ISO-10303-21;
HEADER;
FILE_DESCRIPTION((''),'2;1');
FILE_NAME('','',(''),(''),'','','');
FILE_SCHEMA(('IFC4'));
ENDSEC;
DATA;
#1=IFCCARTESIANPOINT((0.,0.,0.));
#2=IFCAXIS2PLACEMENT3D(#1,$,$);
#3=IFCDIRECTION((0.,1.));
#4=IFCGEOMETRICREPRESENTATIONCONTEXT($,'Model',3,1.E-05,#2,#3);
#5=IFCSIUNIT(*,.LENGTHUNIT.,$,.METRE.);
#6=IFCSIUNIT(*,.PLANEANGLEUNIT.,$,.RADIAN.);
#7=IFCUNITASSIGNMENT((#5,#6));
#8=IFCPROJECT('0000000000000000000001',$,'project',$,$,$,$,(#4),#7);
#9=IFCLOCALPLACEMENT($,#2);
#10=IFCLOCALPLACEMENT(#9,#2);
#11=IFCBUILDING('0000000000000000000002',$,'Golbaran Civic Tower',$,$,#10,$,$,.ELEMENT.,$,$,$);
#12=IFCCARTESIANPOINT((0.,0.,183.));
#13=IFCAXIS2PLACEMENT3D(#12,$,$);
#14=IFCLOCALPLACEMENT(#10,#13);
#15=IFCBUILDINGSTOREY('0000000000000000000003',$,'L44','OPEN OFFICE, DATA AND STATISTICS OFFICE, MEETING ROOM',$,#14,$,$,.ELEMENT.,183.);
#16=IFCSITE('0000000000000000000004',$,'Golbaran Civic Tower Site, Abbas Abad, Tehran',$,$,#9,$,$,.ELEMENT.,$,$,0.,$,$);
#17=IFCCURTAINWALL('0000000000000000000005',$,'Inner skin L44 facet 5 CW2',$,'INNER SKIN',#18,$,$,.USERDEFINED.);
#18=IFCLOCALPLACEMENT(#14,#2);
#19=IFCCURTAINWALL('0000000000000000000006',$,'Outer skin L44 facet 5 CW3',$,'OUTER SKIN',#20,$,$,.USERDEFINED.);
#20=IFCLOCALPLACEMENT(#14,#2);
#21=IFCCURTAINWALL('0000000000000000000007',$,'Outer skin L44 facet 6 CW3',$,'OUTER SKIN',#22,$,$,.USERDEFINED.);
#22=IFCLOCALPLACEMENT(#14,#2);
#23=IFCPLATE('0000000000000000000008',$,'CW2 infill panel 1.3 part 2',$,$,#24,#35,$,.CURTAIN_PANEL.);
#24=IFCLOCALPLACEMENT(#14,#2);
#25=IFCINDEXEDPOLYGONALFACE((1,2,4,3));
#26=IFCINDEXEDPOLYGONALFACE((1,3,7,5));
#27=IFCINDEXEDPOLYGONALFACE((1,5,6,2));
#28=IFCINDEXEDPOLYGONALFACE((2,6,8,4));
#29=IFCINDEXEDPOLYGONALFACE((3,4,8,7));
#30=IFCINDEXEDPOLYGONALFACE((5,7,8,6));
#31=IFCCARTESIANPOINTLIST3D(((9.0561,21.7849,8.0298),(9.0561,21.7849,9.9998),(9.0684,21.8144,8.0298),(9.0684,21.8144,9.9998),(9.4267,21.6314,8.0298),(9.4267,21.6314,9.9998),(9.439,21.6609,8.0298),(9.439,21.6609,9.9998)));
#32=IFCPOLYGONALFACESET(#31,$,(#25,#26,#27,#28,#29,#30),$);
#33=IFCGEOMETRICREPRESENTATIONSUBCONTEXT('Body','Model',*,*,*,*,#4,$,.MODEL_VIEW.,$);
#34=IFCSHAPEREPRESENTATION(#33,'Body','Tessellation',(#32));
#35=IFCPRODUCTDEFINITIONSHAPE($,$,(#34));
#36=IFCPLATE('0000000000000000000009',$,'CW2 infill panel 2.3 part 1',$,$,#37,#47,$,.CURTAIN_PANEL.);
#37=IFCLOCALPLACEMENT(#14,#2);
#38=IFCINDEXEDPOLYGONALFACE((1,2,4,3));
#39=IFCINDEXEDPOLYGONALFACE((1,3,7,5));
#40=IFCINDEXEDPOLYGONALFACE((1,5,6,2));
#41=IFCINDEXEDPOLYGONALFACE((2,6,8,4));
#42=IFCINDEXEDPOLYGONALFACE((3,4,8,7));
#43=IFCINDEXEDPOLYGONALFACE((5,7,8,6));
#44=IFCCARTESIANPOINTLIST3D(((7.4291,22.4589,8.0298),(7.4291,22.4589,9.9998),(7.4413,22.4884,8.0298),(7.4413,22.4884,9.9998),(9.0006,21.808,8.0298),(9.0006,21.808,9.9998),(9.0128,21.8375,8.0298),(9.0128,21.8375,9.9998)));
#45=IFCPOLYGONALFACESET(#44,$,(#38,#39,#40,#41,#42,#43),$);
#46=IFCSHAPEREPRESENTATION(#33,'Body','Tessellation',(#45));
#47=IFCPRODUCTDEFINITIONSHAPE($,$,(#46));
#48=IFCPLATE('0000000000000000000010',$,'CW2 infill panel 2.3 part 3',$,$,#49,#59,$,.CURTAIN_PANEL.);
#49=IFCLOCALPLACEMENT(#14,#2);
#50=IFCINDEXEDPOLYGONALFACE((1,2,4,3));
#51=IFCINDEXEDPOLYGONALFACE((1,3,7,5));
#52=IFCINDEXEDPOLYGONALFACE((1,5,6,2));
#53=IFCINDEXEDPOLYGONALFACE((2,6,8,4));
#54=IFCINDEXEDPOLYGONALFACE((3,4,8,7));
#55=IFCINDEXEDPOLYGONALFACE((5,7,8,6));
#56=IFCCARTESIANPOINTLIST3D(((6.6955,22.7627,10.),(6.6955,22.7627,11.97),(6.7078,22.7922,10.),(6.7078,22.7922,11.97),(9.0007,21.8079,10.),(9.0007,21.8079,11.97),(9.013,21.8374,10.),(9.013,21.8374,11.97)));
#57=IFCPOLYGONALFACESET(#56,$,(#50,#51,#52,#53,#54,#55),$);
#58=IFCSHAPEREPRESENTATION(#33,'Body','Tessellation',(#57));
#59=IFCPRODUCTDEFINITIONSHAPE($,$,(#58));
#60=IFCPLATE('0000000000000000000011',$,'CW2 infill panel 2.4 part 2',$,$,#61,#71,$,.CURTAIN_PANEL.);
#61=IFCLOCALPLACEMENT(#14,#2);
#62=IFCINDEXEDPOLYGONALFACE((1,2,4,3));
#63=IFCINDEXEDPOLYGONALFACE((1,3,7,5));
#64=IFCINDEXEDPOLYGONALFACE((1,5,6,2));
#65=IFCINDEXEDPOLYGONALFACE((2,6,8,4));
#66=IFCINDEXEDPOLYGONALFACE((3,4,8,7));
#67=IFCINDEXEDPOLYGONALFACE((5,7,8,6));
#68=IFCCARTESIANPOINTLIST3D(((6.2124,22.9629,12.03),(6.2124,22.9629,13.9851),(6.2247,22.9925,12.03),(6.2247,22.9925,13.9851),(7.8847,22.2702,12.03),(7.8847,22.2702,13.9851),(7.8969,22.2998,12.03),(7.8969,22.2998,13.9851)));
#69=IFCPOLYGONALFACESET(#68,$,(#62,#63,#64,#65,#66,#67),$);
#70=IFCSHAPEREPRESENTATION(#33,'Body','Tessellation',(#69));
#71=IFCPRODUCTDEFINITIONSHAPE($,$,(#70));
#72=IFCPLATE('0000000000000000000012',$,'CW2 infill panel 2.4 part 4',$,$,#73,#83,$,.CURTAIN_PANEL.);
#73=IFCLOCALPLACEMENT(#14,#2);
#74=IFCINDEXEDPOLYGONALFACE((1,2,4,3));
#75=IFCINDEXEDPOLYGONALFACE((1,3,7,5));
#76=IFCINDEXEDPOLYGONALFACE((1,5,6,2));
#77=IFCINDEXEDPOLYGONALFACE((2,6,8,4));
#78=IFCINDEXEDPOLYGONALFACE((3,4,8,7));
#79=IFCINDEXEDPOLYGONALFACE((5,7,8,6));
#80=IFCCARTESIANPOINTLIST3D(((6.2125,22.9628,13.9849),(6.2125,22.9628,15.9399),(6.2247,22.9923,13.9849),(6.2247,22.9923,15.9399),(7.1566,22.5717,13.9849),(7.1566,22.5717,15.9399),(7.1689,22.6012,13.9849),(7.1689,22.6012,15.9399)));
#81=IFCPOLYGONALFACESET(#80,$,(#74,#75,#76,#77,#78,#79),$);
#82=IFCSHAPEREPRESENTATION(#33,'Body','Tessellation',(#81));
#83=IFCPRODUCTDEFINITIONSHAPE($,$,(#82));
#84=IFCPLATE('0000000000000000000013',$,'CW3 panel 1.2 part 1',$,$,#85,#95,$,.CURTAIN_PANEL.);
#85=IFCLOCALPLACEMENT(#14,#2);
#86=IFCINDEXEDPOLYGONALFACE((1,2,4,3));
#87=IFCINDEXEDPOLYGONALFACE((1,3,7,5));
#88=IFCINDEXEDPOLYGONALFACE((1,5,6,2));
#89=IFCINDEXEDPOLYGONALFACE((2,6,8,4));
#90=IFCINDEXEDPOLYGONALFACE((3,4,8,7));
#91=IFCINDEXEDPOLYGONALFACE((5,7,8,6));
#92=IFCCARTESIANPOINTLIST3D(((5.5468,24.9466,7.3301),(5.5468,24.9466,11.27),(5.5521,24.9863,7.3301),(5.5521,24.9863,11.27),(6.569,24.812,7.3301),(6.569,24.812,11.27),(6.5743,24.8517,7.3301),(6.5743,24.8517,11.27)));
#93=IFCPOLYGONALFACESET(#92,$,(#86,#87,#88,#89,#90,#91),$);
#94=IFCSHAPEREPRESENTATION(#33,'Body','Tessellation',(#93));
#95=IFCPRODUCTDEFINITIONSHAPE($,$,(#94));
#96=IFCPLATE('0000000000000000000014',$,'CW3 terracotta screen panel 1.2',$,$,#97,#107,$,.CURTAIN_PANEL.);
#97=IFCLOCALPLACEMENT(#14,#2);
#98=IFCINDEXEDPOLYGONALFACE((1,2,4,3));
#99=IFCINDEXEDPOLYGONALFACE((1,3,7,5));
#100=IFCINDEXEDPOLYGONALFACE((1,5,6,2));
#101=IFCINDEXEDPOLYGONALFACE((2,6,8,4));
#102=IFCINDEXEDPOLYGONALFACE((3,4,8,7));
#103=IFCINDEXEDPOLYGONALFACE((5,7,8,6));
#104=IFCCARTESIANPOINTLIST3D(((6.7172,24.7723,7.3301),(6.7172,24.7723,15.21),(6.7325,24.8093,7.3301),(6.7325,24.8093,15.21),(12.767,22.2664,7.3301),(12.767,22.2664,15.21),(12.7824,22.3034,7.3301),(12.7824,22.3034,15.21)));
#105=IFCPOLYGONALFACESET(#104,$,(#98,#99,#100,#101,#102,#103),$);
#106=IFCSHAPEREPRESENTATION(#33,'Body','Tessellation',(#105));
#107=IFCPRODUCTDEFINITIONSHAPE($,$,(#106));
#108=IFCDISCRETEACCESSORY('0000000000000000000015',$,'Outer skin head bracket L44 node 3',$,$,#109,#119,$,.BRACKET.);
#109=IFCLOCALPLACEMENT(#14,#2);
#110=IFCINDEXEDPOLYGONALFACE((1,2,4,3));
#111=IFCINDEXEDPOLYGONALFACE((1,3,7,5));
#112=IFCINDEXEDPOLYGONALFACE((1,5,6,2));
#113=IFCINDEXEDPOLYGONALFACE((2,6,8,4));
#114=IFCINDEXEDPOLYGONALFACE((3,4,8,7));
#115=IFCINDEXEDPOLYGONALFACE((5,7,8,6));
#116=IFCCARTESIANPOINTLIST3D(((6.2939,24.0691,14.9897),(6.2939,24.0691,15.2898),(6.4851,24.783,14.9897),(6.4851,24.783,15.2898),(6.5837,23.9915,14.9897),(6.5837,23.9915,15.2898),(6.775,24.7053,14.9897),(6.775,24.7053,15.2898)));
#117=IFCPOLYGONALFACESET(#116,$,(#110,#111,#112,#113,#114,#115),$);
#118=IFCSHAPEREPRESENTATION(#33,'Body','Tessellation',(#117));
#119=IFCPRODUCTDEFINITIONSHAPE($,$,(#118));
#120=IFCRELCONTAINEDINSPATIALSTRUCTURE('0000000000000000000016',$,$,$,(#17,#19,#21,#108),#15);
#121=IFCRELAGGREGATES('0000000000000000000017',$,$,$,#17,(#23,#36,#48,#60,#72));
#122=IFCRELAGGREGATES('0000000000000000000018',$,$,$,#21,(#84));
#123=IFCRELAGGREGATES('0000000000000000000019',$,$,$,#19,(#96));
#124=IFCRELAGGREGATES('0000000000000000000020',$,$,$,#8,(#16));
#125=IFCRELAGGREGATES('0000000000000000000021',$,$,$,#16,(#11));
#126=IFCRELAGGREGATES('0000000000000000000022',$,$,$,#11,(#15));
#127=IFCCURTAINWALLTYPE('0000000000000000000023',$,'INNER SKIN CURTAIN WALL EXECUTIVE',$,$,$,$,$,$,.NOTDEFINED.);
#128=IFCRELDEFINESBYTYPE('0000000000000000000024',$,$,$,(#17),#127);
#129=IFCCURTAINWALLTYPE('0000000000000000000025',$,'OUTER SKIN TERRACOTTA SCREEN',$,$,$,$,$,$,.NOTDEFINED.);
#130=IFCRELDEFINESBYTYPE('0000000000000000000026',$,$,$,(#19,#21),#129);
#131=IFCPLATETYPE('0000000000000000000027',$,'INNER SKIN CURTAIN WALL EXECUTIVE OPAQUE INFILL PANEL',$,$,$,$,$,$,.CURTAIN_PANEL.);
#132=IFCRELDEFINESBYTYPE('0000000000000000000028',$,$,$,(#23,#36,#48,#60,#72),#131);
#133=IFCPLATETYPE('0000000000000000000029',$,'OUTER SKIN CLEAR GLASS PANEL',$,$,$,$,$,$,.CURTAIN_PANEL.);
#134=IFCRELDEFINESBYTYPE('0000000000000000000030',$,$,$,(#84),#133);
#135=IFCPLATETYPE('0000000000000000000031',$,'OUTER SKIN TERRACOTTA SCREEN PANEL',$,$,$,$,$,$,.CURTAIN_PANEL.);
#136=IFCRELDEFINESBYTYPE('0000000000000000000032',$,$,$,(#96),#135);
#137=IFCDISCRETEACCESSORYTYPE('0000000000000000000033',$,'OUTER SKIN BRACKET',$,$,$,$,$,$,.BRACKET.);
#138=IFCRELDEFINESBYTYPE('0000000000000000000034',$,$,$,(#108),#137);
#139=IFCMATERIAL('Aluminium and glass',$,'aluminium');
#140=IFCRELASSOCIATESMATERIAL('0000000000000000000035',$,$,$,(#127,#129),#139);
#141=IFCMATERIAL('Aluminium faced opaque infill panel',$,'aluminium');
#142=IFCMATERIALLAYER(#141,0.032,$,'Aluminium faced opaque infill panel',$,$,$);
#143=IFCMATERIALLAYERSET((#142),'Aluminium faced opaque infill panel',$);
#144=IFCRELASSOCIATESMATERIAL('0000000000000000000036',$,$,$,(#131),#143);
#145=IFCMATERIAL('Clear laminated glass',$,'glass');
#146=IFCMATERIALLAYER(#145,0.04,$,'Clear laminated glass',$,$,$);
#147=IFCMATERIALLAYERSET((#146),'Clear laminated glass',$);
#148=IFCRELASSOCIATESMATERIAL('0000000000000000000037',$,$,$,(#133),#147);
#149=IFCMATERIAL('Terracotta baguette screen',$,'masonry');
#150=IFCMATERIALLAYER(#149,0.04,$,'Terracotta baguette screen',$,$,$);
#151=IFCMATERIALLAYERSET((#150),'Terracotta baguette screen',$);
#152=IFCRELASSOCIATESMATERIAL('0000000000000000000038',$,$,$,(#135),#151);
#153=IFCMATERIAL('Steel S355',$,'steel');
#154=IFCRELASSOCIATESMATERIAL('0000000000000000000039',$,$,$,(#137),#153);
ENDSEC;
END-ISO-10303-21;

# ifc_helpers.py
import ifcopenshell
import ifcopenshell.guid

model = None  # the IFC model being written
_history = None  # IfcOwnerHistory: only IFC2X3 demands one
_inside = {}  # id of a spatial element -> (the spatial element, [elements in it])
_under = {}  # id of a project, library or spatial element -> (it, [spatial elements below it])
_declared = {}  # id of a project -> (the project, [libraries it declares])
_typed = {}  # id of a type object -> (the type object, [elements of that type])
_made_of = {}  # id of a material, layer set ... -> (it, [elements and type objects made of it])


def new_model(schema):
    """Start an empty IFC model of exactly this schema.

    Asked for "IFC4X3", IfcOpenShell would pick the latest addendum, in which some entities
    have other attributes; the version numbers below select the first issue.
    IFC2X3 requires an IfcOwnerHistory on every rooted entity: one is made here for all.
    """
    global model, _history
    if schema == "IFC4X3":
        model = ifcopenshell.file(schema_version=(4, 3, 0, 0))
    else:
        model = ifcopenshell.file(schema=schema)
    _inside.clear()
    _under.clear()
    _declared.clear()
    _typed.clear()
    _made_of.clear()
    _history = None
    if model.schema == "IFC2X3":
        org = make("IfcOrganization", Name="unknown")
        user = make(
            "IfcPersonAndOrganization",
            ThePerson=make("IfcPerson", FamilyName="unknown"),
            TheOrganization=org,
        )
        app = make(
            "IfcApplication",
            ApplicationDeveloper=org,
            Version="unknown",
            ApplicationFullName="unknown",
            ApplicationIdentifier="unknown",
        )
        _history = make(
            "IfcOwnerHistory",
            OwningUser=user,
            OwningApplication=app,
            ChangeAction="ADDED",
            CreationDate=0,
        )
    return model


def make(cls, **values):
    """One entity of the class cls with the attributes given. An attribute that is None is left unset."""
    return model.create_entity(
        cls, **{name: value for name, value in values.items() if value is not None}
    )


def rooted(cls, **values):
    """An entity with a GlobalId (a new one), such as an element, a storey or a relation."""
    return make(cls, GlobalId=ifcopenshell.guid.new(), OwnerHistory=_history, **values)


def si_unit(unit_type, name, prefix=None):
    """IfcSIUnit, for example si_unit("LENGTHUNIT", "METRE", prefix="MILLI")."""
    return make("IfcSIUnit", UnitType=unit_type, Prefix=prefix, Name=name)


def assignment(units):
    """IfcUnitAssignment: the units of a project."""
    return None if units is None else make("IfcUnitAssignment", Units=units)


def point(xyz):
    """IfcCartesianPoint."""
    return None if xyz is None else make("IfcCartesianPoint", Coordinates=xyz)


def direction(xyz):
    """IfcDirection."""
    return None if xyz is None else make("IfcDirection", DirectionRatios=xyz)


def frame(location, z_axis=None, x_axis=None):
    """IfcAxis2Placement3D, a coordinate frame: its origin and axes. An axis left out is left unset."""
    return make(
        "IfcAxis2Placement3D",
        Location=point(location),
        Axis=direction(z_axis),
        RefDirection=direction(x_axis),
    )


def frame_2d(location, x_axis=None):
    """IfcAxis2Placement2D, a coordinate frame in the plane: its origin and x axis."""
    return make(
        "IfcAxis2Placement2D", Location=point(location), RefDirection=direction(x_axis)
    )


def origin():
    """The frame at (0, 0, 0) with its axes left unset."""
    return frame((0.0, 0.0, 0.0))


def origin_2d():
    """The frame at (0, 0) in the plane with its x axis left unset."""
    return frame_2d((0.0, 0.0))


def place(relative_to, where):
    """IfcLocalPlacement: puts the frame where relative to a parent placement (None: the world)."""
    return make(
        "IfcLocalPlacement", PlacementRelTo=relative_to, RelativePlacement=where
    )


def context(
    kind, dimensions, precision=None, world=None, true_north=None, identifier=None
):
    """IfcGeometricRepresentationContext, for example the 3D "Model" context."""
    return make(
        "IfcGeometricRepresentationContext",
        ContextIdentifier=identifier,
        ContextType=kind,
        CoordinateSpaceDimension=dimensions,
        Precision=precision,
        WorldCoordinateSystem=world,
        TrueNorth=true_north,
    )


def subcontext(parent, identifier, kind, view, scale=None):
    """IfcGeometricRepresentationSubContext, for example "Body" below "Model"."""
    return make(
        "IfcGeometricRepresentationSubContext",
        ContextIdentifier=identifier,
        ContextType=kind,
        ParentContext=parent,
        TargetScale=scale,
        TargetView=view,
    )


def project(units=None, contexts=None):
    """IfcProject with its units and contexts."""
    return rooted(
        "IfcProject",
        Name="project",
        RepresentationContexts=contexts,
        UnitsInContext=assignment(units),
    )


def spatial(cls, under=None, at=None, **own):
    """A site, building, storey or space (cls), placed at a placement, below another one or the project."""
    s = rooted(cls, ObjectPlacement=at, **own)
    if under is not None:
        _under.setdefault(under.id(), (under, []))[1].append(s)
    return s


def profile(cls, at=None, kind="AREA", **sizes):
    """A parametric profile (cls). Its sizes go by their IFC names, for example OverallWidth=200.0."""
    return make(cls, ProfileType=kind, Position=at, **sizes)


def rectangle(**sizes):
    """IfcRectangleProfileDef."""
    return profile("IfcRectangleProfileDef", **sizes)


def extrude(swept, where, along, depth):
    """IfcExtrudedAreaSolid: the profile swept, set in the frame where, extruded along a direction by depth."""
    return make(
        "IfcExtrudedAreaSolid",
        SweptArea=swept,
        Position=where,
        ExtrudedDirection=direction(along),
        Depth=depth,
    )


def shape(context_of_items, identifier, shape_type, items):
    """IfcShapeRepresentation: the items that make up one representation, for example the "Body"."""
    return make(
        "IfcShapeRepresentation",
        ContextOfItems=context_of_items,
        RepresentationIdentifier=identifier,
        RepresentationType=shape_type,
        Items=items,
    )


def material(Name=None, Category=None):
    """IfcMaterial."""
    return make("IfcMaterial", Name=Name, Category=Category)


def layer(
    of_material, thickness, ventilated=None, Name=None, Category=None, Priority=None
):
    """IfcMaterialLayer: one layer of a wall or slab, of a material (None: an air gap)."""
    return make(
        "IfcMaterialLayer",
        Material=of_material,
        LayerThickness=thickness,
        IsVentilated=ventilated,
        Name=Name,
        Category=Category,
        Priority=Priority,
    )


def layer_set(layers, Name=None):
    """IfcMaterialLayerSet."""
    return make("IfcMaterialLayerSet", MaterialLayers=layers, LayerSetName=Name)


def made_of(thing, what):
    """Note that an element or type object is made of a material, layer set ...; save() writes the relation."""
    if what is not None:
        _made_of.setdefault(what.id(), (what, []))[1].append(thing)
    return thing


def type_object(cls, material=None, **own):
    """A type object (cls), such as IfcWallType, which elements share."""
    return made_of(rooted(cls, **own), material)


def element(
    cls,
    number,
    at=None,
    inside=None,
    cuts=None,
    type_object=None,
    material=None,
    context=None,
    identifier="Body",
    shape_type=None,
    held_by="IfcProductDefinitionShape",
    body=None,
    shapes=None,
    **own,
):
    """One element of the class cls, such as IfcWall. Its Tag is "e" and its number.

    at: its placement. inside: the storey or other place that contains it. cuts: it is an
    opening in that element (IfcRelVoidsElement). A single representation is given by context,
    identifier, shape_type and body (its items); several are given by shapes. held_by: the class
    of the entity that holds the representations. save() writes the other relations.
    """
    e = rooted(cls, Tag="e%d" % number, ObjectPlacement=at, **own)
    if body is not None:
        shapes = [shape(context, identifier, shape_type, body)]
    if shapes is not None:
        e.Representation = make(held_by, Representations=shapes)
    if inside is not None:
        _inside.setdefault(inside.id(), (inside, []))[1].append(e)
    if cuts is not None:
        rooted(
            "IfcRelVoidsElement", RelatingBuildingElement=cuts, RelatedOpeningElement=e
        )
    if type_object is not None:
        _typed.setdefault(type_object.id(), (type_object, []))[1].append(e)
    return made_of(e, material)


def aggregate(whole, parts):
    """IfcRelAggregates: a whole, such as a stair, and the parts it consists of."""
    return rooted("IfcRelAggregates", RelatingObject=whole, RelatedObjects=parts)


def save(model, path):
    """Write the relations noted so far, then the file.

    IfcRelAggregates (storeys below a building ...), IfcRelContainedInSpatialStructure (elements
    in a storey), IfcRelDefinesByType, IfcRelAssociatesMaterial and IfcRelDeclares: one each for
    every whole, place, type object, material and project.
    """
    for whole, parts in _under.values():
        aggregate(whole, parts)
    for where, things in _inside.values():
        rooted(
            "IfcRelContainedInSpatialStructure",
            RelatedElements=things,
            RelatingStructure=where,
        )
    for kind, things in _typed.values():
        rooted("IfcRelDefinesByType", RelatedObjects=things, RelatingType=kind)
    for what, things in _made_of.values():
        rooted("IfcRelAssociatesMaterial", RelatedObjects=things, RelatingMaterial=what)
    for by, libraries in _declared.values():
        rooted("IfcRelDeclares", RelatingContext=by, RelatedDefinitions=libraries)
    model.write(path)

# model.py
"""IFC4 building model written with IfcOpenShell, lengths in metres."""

from ifc_helpers import new_model, si_unit, direction, frame, origin, origin_2d, place, context, subcontext, project, spatial, rectangle, extrude, material, layer, layer_set, type_object, element, aggregate, save


model = new_model("IFC4")

# Units and contexts
model_context = context("Model", 3, precision=1e-05, world=origin(), true_north=direction((0.0, 1.0)))
body_context = subcontext(model_context, "Body", "Model", "MODEL_VIEW")
ifc_project = project(units=[si_unit("LENGTHUNIT", "METRE"), si_unit("PLANEANGLEUNIT", "RADIAN")], contexts=[model_context])

# Site, building, storey
site_placement = place(None, origin())
site = spatial("IfcSite", under=ifc_project, at=site_placement, Name="Golbaran Civic Tower Site, Abbas Abad, Tehran", CompositionType="ELEMENT", RefElevation=0.0)
building_placement = place(site_placement, origin())
building = spatial("IfcBuilding", under=site, at=building_placement, Name="Golbaran Civic Tower", CompositionType="ELEMENT")
storey_placement = place(building_placement, frame((0.0, 0.0, 183.0)))
storey = spatial("IfcBuildingStorey", under=building, at=storey_placement, Name="L44", Description="OPEN OFFICE, DATA AND STATISTICS OFFICE, MEETING ROOM", CompositionType="ELEMENT", Elevation=183.0)

# Curtain walls
ifc_material_1 = material(Name="Aluminium and glass", Category="aluminium")
curtain_wall_type_1 = type_object("IfcCurtainWallType", Name="INNER SKIN CURTAIN WALL EXECUTIVE", PredefinedType="NOTDEFINED", material=ifc_material_1)
curtain_wall_1_placement = place(storey_placement, origin())
curtain_wall_1 = element("IfcCurtainWall", 1, at=curtain_wall_1_placement, inside=storey, type_object=curtain_wall_type_1, Name="Inner skin L44 facet 5 CW2", ObjectType="INNER SKIN", PredefinedType="USERDEFINED")
curtain_wall_type_2 = type_object("IfcCurtainWallType", Name="OUTER SKIN TERRACOTTA SCREEN", PredefinedType="NOTDEFINED", material=ifc_material_1)
curtain_wall_2_placement = place(storey_placement, origin())
curtain_wall_2 = element("IfcCurtainWall", 2, at=curtain_wall_2_placement, inside=storey, type_object=curtain_wall_type_2, Name="Outer skin L44 facet 5 CW3", ObjectType="OUTER SKIN", PredefinedType="USERDEFINED")
curtain_wall_3_placement = place(storey_placement, origin())
curtain_wall_3 = element("IfcCurtainWall", 3, at=curtain_wall_3_placement, inside=storey, type_object=curtain_wall_type_2, Name="Outer skin L44 facet 6 CW3", ObjectType="OUTER SKIN", PredefinedType="USERDEFINED")

# Plates
ifc_material_2 = material(Name="Aluminium faced opaque infill panel", Category="aluminium")
ifc_layer_1 = layer(ifc_material_2, 0.032, Name="Aluminium faced opaque infill panel")
ifc_layer_set_1 = layer_set([ifc_layer_1], Name="Aluminium faced opaque infill panel")
plate_type_1 = type_object("IfcPlateType", Name="INNER SKIN CURTAIN WALL EXECUTIVE OPAQUE INFILL PANEL", PredefinedType="CURTAIN_PANEL", material=ifc_layer_set_1)
plate_1_placement = place(storey_placement, frame((9.2476, 21.7229, 8.0298), z_axis=(0.0, 0.0, 1.0), x_axis=(-0.92388, 0.382683, 0.0)))
plate_1 = element("IfcPlate", 4, at=plate_1_placement, type_object=plate_type_1, Name="CW2 infill panel 1.3 part 2", PredefinedType="CURTAIN_PANEL", context=body_context, shape_type="SweptSolid", body=[
    extrude(rectangle(XDim=0.4011, YDim=0.032, at=origin_2d()), origin(), (0.0, 0.0, 1.0), 1.97),
])
plate_2_placement = place(storey_placement, frame((8.2209, 22.1482, 8.0298), z_axis=(0.0, 0.0, 1.0), x_axis=(-0.92388, 0.382683, 0.0)))
plate_2 = element("IfcPlate", 5, at=plate_2_placement, type_object=plate_type_1, Name="CW2 infill panel 2.3 part 1", PredefinedType="CURTAIN_PANEL", context=body_context, shape_type="SweptSolid", body=[
    extrude(rectangle(XDim=1.7009, YDim=0.032, at=origin_2d()), origin(), (0.0, 0.0, 1.0), 1.97),
])
plate_3_placement = place(storey_placement, frame((7.8542, 22.3, 10.0), z_axis=(0.0, 0.0, 1.0), x_axis=(-0.92388, 0.382683, 0.0)))
plate_3 = element("IfcPlate", 6, at=plate_3_placement, type_object=plate_type_1, Name="CW2 infill panel 2.3 part 3", PredefinedType="CURTAIN_PANEL", context=body_context, shape_type="SweptSolid", body=[
    extrude(rectangle(XDim=2.4951, YDim=0.032, at=origin_2d()), origin(), (0.0, 0.0, 1.0), 1.97),
])
plate_4_placement = place(storey_placement, frame((7.0547, 22.6313, 12.03), z_axis=(0.0, 0.0, 1.0), x_axis=(-0.92388, 0.382683, 0.0)))
plate_4 = element("IfcPlate", 7, at=plate_4_placement, type_object=plate_type_1, Name="CW2 infill panel 2.4 part 2", PredefinedType="CURTAIN_PANEL", context=body_context, shape_type="SweptSolid", body=[
    extrude(rectangle(XDim=1.8101, YDim=0.032, at=origin_2d()), origin(), (0.0, 0.0, 1.0), 1.9551),
])
plate_5_placement = place(storey_placement, frame((6.6907, 22.782, 13.9849), z_axis=(0.0, 0.0, 1.0), x_axis=(-0.92388, 0.382683, 0.0)))
plate_5 = element("IfcPlate", 8, at=plate_5_placement, type_object=plate_type_1, Name="CW2 infill panel 2.4 part 4", PredefinedType="CURTAIN_PANEL", context=body_context, shape_type="SweptSolid", body=[
    extrude(rectangle(XDim=1.022, YDim=0.032, at=origin_2d()), origin(), (0.0, 0.0, 1.0), 1.9551),
])
aggregate(curtain_wall_1, [plate_1, plate_2, plate_3, plate_4, plate_5])
ifc_material_3 = material(Name="Clear laminated glass", Category="glass")
ifc_layer_2 = layer(ifc_material_3, 0.04, Name="Clear laminated glass")
ifc_layer_set_2 = layer_set([ifc_layer_2], Name="Clear laminated glass")
plate_type_2 = type_object("IfcPlateType", Name="OUTER SKIN CLEAR GLASS PANEL", PredefinedType="CURTAIN_PANEL", material=ifc_layer_set_2)
plate_6_placement = place(storey_placement, frame((6.0605, 24.8992, 7.3301), z_axis=(0.0, 0.0, 1.0), x_axis=(-0.991445, 0.130526, 0.0)))
plate_6 = element("IfcPlate", 9, at=plate_6_placement, type_object=plate_type_2, Name="CW3 panel 1.2 part 1", PredefinedType="CURTAIN_PANEL", context=body_context, shape_type="SweptSolid", body=[
    extrude(rectangle(XDim=1.031, YDim=0.04, at=origin_2d()), origin(), (0.0, 0.0, 1.0), 3.9399),
])
aggregate(curtain_wall_3, [plate_6])
ifc_material_4 = material(Name="Terracotta baguette screen", Category="masonry")
ifc_layer_3 = layer(ifc_material_4, 0.04, Name="Terracotta baguette screen")
ifc_layer_set_3 = layer_set([ifc_layer_3], Name="Terracotta baguette screen")
plate_type_3 = type_object("IfcPlateType", Name="OUTER SKIN TERRACOTTA SCREEN PANEL", PredefinedType="CURTAIN_PANEL", material=ifc_layer_set_3)
plate_7_placement = place(storey_placement, frame((9.7498, 23.5378, 7.3301), z_axis=(0.0, 0.0, 1.0), x_axis=(-0.92388, 0.382683, 0.0)))
plate_7 = element("IfcPlate", 10, at=plate_7_placement, type_object=plate_type_3, Name="CW3 terracotta screen panel 1.2", PredefinedType="CURTAIN_PANEL", context=body_context, shape_type="SweptSolid", body=[
    extrude(rectangle(XDim=6.5483, YDim=0.04, at=origin_2d()), origin(), (0.0, 0.0, 1.0), 7.8799),
])
aggregate(curtain_wall_2, [plate_7])

# Discrete accessory
ifc_material_5 = material(Name="Steel S355", Category="steel")
discrete_accessory_type = type_object("IfcDiscreteAccessoryType", Name="OUTER SKIN BRACKET", PredefinedType="BRACKET", material=ifc_material_5)
discrete_accessory_placement = place(storey_placement, frame((6.5344, 24.3872, 14.9897), z_axis=(0.0, 0.0, 1.0), x_axis=(0.258819, 0.965926, 0.0)))
element("IfcDiscreteAccessory", 11, at=discrete_accessory_placement, inside=storey, type_object=discrete_accessory_type, Name="Outer skin head bracket L44 node 3", PredefinedType="BRACKET", context=body_context, shape_type="SweptSolid", body=[
    extrude(rectangle(XDim=0.739, YDim=0.3, at=origin_2d()), origin(), (0.0, 0.0, 1.0), 0.3),
])

save(model, "model.ifc")
